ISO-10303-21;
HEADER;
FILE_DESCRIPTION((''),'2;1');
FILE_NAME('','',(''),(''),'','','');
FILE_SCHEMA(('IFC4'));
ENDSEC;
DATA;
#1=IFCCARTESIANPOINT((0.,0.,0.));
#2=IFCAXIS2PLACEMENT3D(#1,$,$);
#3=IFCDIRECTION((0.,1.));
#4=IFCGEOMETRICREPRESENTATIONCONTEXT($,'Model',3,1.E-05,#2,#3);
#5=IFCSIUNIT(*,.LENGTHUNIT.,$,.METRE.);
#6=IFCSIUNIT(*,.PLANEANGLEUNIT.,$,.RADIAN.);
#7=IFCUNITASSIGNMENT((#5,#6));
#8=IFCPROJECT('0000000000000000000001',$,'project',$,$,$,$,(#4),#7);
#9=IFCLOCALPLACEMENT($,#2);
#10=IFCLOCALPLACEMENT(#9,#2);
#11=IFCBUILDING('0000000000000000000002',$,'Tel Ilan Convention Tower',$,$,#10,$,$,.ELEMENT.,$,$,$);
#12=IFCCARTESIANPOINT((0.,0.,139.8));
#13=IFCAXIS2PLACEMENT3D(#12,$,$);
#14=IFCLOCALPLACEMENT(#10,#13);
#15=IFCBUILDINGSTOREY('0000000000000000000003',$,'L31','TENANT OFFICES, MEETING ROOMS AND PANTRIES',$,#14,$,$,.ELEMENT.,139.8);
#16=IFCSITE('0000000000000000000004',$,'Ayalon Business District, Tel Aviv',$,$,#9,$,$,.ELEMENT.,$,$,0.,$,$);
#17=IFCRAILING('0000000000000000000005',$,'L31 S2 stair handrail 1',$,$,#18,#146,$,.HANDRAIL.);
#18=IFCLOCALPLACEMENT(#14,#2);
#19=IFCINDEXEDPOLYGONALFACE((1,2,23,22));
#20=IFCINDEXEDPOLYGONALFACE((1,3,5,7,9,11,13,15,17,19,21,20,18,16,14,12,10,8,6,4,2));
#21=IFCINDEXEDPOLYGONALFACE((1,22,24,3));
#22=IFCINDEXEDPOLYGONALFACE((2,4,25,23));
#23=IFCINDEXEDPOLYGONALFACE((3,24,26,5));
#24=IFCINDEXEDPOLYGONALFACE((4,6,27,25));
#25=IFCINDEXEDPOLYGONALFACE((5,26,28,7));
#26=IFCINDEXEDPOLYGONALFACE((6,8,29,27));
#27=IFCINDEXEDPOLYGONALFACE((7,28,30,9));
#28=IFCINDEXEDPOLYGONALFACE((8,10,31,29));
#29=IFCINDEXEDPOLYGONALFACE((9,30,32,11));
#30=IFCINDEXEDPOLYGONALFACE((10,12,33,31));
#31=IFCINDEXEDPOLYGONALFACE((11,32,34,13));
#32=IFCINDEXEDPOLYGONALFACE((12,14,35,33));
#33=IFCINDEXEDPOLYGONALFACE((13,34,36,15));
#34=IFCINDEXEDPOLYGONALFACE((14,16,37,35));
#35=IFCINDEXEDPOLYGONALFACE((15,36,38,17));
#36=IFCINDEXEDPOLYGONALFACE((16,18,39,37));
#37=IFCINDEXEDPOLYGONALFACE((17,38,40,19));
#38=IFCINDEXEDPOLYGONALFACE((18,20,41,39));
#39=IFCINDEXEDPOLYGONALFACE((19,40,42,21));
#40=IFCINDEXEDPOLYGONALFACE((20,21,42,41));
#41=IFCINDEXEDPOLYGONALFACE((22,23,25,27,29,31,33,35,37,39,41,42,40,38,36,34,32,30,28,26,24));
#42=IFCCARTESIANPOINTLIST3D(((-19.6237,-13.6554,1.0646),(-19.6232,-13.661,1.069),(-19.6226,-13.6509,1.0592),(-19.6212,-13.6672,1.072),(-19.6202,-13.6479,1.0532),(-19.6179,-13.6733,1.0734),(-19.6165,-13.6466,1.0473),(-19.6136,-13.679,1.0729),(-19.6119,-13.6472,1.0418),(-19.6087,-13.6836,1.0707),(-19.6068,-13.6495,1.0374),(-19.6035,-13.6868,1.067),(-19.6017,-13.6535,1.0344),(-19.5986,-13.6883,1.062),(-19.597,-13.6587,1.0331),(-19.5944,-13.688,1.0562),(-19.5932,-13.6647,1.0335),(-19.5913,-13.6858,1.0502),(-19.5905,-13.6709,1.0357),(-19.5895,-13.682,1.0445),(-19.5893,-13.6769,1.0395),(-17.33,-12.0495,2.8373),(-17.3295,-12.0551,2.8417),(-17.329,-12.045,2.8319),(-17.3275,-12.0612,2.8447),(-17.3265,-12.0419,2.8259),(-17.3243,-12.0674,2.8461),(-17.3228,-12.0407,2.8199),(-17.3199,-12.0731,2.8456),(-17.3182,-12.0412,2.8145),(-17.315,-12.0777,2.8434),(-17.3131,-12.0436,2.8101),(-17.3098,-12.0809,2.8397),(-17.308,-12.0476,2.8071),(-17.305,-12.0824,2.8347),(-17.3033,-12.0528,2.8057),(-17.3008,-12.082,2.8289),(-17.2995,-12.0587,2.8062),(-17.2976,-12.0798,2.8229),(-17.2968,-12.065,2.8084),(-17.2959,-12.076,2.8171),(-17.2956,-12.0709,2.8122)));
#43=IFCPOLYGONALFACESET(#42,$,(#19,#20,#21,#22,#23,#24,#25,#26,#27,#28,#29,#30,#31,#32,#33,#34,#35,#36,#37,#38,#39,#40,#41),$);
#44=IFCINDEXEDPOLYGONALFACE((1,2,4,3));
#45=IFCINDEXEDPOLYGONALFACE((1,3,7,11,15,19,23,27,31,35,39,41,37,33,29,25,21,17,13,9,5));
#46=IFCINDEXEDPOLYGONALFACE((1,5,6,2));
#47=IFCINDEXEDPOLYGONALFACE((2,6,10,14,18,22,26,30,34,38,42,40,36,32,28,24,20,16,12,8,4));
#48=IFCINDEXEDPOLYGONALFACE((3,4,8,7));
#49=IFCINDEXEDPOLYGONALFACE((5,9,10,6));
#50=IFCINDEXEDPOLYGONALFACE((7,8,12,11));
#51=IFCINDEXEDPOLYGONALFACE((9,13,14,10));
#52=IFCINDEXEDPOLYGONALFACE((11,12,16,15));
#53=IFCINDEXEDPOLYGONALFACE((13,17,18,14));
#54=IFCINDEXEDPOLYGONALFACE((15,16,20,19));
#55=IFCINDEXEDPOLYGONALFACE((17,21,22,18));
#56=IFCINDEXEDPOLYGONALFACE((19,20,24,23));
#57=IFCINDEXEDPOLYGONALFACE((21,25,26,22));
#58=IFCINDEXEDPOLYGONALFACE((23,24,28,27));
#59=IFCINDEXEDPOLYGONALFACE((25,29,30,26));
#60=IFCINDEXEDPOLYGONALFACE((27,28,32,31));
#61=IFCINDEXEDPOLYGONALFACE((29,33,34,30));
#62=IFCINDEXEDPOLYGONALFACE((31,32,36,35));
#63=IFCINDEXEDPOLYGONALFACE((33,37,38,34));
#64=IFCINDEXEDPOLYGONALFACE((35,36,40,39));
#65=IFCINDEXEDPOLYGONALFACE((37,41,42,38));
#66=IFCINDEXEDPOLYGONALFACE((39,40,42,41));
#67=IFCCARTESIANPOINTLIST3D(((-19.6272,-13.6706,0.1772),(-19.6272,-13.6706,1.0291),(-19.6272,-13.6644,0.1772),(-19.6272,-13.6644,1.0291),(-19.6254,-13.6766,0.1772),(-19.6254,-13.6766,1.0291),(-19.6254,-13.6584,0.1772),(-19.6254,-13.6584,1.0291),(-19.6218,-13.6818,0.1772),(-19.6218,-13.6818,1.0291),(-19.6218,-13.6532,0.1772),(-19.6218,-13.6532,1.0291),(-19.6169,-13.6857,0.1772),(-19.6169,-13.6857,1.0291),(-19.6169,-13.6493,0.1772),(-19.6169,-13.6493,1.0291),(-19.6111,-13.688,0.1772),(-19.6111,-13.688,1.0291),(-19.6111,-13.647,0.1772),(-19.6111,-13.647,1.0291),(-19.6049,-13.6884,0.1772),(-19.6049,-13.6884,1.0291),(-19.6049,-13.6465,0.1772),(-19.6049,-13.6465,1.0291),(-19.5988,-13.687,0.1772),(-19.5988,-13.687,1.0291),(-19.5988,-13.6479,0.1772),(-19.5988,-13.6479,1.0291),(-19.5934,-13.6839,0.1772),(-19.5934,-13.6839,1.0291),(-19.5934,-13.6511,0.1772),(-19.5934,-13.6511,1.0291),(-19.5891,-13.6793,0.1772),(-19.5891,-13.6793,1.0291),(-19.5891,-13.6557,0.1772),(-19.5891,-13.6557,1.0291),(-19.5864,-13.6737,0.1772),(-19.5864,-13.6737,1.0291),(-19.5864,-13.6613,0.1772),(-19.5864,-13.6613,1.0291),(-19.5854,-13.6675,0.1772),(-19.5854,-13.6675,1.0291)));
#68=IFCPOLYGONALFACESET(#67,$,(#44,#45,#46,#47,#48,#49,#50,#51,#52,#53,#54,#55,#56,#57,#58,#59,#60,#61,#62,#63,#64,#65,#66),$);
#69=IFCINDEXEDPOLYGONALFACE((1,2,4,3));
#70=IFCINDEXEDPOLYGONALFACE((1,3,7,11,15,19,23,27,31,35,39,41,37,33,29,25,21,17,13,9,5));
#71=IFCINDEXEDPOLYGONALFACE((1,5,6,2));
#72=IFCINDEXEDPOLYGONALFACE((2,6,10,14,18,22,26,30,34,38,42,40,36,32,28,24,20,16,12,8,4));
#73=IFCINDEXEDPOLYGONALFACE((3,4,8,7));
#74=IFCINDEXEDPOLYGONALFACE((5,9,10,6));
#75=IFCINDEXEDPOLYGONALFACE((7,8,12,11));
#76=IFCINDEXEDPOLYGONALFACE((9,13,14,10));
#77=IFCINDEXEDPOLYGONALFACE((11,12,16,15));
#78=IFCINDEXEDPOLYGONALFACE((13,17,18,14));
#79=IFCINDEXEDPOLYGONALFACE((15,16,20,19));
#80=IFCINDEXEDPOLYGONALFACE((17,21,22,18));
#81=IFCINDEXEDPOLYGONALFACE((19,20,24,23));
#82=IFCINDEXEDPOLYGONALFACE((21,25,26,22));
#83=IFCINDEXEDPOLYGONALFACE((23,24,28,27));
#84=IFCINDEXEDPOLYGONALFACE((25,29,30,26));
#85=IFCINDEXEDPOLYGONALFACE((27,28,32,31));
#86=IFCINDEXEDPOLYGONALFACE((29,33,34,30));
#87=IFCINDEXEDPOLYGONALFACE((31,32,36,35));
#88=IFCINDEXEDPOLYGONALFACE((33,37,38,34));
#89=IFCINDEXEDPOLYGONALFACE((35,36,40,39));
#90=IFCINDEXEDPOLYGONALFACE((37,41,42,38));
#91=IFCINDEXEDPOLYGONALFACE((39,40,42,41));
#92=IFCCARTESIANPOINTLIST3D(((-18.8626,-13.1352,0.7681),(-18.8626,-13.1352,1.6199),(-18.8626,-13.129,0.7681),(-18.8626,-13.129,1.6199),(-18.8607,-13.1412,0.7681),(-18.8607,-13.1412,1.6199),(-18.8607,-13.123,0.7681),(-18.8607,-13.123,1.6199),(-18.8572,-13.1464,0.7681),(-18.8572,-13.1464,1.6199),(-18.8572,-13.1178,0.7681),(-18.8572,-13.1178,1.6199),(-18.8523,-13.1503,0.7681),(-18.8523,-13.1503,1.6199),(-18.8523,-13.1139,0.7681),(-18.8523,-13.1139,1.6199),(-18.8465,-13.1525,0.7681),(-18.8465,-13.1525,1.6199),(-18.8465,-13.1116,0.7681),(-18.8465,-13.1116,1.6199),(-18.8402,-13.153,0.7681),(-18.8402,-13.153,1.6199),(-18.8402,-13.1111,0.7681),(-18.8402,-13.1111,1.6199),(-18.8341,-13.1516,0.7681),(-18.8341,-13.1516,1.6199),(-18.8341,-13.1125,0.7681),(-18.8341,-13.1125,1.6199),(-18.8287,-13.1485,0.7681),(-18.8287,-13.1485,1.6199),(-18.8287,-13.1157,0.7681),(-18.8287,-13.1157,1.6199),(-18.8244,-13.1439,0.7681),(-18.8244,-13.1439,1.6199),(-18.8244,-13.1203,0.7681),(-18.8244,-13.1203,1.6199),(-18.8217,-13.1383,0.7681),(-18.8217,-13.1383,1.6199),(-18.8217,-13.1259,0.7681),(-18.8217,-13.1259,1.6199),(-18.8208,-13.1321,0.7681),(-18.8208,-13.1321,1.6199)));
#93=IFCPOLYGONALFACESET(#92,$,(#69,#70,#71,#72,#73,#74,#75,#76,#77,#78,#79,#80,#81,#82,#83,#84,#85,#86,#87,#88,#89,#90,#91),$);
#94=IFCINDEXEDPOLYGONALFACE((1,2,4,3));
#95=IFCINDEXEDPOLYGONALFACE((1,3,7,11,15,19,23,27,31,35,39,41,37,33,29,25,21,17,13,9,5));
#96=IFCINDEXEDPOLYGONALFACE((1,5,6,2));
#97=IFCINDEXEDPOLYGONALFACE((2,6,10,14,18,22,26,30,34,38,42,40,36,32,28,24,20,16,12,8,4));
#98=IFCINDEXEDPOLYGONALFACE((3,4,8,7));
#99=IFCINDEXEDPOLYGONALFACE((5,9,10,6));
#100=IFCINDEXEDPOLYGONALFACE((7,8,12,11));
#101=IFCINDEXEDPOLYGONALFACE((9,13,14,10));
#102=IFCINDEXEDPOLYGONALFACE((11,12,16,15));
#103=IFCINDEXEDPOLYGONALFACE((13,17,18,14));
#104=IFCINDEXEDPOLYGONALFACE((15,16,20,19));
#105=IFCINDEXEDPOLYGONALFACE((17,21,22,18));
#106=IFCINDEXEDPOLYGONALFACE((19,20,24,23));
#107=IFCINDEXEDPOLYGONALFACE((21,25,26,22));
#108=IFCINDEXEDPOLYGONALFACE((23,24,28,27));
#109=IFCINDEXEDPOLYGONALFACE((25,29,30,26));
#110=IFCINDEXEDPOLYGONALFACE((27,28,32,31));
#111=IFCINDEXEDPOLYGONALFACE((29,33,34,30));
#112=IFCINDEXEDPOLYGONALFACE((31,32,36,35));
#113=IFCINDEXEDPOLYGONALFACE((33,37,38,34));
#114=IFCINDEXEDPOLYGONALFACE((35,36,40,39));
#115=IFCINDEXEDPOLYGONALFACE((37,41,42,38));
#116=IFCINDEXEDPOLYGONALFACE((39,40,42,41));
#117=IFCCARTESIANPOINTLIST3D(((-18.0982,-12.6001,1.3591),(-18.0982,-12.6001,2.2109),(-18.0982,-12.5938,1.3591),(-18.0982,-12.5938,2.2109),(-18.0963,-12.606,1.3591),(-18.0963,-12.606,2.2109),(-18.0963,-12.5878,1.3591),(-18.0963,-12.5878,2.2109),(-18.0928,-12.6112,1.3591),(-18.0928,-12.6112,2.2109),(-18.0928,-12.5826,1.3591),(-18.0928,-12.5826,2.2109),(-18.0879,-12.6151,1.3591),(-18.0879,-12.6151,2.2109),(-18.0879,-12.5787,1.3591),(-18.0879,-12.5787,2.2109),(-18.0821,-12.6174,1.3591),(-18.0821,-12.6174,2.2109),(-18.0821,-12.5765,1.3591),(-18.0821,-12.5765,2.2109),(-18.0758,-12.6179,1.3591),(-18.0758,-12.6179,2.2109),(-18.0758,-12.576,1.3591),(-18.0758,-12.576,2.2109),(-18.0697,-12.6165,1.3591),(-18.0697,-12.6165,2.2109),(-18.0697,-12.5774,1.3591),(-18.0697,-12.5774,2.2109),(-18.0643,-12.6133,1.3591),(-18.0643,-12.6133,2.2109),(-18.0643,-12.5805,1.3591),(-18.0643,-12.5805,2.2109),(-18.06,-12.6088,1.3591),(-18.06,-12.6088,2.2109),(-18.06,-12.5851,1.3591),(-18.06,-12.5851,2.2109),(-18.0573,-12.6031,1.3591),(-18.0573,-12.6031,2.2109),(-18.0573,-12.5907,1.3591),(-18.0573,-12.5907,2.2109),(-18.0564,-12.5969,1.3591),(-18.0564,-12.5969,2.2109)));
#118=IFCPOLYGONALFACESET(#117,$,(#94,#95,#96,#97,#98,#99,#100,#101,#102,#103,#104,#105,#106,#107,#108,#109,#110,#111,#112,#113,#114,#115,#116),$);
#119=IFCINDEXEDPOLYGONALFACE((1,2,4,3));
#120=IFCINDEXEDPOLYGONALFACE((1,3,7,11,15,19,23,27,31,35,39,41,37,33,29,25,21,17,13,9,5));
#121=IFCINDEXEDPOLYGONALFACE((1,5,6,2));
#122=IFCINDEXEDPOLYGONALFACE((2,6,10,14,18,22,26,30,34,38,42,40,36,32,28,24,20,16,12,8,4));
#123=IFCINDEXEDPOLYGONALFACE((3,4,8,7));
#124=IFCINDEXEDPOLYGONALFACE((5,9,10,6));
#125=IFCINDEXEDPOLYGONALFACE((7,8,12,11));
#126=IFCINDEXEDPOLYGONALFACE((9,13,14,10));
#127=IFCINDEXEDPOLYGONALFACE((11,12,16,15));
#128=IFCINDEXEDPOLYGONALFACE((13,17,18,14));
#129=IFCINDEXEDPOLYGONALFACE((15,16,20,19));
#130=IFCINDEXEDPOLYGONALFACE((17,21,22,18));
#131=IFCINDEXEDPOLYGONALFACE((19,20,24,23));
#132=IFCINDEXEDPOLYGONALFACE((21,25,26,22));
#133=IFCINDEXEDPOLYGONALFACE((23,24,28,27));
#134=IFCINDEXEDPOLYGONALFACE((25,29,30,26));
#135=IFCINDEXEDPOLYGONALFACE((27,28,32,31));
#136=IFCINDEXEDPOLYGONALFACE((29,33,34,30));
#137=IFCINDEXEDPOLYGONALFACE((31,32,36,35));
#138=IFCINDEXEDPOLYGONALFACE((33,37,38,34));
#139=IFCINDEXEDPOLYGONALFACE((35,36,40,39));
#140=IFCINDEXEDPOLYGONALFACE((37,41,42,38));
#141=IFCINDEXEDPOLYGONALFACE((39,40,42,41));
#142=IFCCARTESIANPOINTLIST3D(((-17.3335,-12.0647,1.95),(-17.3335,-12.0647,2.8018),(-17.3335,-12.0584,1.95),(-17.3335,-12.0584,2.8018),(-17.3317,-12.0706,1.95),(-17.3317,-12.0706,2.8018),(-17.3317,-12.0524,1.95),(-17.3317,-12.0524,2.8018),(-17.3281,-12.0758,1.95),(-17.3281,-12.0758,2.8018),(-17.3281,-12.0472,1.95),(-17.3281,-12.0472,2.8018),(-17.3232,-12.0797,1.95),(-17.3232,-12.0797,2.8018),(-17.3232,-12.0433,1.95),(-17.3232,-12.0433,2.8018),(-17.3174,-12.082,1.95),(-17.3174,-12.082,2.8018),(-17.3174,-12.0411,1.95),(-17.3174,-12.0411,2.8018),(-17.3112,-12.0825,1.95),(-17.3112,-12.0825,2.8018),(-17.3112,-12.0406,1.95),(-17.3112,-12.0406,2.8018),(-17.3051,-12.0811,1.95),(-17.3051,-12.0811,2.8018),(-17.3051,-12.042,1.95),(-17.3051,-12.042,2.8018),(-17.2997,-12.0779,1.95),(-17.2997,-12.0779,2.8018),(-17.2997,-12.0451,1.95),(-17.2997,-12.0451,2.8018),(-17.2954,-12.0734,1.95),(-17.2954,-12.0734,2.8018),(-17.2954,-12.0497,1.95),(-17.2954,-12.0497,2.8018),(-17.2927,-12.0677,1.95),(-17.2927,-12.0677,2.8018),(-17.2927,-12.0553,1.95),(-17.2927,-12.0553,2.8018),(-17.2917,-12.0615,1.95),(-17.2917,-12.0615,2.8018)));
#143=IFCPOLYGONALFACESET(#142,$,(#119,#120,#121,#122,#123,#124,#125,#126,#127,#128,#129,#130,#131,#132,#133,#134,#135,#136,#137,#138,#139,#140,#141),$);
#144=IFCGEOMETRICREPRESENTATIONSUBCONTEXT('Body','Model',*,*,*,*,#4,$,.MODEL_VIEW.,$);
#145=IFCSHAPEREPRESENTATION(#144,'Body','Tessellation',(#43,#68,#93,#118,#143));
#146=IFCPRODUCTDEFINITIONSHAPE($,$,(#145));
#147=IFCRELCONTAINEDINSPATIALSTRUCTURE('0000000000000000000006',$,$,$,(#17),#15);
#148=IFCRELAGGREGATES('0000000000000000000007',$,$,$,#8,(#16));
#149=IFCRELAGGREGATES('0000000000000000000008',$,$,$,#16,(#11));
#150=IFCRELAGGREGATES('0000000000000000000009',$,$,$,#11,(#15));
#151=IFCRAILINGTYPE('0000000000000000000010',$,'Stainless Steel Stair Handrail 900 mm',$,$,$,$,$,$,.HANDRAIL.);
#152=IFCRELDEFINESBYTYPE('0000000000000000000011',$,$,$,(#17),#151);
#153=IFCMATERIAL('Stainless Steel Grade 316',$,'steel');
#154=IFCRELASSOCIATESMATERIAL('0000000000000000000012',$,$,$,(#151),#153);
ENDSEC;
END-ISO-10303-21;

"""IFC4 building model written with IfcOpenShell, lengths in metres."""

from ifc_helpers import new_model, si_unit, direction, frame, origin, origin_2d, place, context, subcontext, project, spatial, circle, extrude, material, type_object, element, save


model = new_model("IFC4")

# Units and contexts
model_context = context("Model", 3, precision=1e-05, world=origin(), true_north=direction((0.0, 1.0)))
body_context = subcontext(model_context, "Body", "Model", "MODEL_VIEW")
ifc_project = project(units=[si_unit("LENGTHUNIT", "METRE"), si_unit("PLANEANGLEUNIT", "RADIAN")], contexts=[model_context])

# Site, building, storey
site_placement = place(None, origin())
site = spatial("IfcSite", under=ifc_project, at=site_placement, Name="Ayalon Business District, Tel Aviv", CompositionType="ELEMENT", RefElevation=0.0)
building_placement = place(site_placement, origin())
building = spatial("IfcBuilding", under=site, at=building_placement, Name="Tel Ilan Convention Tower", CompositionType="ELEMENT")
storey_placement = place(building_placement, frame((0.0, 0.0, 139.8)))
storey = spatial("IfcBuildingStorey", under=building, at=storey_placement, Name="L31", Description="TENANT OFFICES, MEETING ROOMS AND PANTRIES", CompositionType="ELEMENT", Elevation=139.8)

# Railing
ifc_material_1 = material(Name="Stainless Steel Grade 316", Category="steel")
railing_type_1 = type_object("IfcRailingType", Name="Stainless Steel Stair Handrail 900 mm", PredefinedType="HANDRAIL", material=ifc_material_1)
railing_1_placement = place(storey_placement, frame((-19.6064, -13.6675, 0.1772)))
element("IfcRailing", 1, at=railing_1_placement, inside=storey, type_object=railing_type_1, Name="L31 S2 stair handrail 1", PredefinedType="HANDRAIL", context=body_context, shape_type="SweptSolid", body=[
    extrude(circle(Radius=0.0239, at=origin_2d()), frame((0.0, 0.0, 0.876), z_axis=(0.692123, 0.484597, 0.534913), x_axis=(-0.57355, 0.81917, 0.0)), (0.0, 0.0, 1.0), 3.314),
    extrude(circle(Radius=0.021, at=origin_2d()), origin(), (0.0, 0.0, 1.0), 0.8518),
    extrude(circle(Radius=0.021, at=origin_2d()), frame((0.7646, 0.5354, 0.5908)), (0.0, 0.0, 1.0), 0.8518),
    extrude(circle(Radius=0.021, at=origin_2d()), frame((1.5291, 1.0706, 1.1819)), (0.0, 0.0, 1.0), 0.8518),
    extrude(circle(Radius=0.021, at=origin_2d()), frame((2.2937, 1.606, 1.7727)), (0.0, 0.0, 1.0), 0.8518),
])

save(model, "model.ifc")
